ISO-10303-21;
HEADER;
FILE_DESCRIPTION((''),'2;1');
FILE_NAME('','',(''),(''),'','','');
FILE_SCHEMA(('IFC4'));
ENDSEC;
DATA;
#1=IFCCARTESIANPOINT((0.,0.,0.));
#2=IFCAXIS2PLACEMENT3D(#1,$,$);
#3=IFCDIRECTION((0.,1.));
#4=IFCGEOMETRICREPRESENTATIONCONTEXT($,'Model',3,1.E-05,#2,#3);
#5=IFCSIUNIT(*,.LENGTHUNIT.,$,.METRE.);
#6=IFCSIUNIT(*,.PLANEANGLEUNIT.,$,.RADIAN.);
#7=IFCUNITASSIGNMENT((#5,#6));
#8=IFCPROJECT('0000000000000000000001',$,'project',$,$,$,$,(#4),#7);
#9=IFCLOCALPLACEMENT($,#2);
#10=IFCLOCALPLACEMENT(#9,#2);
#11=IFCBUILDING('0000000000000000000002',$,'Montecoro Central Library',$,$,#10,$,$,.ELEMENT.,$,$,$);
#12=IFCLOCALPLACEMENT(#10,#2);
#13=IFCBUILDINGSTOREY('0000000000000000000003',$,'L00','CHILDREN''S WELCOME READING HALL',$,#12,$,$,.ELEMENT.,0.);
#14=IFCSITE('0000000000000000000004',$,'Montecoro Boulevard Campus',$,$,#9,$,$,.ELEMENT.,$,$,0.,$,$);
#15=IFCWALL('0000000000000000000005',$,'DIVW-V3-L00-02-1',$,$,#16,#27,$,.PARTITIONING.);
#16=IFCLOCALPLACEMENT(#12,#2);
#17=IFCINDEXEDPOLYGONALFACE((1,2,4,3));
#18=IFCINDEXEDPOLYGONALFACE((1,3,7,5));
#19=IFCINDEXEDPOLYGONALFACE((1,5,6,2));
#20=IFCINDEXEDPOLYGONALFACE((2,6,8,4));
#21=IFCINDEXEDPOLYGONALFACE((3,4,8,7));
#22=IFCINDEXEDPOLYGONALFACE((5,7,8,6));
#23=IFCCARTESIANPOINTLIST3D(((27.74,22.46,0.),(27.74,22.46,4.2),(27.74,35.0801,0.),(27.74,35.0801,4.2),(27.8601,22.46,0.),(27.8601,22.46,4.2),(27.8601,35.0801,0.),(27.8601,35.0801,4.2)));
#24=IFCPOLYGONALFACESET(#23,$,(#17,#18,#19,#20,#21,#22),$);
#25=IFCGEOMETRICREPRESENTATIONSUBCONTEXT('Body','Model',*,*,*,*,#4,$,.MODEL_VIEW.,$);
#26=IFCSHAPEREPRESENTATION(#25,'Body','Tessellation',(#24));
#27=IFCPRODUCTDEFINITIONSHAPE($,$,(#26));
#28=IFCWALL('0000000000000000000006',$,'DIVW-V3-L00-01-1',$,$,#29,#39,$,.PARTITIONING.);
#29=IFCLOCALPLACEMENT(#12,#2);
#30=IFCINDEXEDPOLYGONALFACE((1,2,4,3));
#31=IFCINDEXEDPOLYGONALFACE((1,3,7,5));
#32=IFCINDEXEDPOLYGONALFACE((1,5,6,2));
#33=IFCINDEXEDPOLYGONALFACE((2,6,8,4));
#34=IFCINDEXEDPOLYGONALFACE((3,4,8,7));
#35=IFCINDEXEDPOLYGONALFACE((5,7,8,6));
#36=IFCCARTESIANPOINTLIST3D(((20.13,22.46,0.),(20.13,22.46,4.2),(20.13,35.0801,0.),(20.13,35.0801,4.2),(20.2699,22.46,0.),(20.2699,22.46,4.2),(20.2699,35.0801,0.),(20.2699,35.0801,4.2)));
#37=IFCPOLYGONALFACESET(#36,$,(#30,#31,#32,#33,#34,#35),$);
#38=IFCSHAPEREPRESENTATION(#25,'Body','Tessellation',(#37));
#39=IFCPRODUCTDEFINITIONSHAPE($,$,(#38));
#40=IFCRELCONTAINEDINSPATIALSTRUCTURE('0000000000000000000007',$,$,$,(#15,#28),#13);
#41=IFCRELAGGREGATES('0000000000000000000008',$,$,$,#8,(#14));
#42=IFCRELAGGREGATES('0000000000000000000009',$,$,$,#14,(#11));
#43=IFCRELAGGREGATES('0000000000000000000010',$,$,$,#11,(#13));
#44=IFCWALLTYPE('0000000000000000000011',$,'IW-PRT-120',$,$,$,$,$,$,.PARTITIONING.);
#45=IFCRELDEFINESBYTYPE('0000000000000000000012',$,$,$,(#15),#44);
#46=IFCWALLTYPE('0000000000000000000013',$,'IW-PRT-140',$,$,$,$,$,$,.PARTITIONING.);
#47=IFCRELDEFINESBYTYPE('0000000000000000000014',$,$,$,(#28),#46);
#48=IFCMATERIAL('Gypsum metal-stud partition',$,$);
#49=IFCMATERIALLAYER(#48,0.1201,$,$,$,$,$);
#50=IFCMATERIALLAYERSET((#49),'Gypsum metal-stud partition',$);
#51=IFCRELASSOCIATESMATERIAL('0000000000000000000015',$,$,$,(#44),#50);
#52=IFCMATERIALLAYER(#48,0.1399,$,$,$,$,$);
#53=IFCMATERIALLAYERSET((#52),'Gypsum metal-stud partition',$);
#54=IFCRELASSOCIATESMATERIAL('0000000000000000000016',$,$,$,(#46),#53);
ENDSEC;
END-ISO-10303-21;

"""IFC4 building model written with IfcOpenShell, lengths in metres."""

from ifc_helpers import new_model, si_unit, direction, frame, frame_2d, origin, place, context, subcontext, project, spatial, rectangle, extrude, material, layer, layer_set, type_object, element, save


model = new_model("IFC4")

# Units and contexts
model_context = context("Model", 3, precision=1e-05, world=origin(), true_north=direction((0.0, 1.0)))
body_context = subcontext(model_context, "Body", "Model", "MODEL_VIEW")
ifc_project = project(units=[si_unit("LENGTHUNIT", "METRE"), si_unit("PLANEANGLEUNIT", "RADIAN")], contexts=[model_context])

# Site, building, storey
site_placement = place(None, origin())
site = spatial("IfcSite", under=ifc_project, at=site_placement, Name="Montecoro Boulevard Campus", CompositionType="ELEMENT", RefElevation=0.0)
building_placement = place(site_placement, origin())
building = spatial("IfcBuilding", under=site, at=building_placement, Name="Montecoro Central Library", CompositionType="ELEMENT")
storey_placement = place(building_placement, origin())
storey = spatial("IfcBuildingStorey", under=building, at=storey_placement, Name="L00", Description="CHILDREN'S WELCOME READING HALL", CompositionType="ELEMENT", Elevation=0.0)

# Walls
ifc_material_1 = material(Name="Gypsum metal-stud partition")
ifc_layer_1 = layer(ifc_material_1, 0.1201)
ifc_layer_set_1 = layer_set([ifc_layer_1], Name="Gypsum metal-stud partition")
wall_type_1 = type_object("IfcWallType", Name="IW-PRT-120", PredefinedType="PARTITIONING", material=ifc_layer_set_1)
wall_1_placement = place(storey_placement, frame((27.8, 22.46, 0.0), z_axis=(0.0, 0.0, 1.0), x_axis=(0.0, 1.0, 0.0)))
element("IfcWall", 1, at=wall_1_placement, inside=storey, type_object=wall_type_1, Name="DIVW-V3-L00-02-1", PredefinedType="PARTITIONING", context=body_context, shape_type="SweptSolid", body=[
    extrude(rectangle(XDim=12.6201, YDim=0.1201, at=frame_2d((6.3101, 0.0))), origin(), (0.0, 0.0, 1.0), 4.2),
])
ifc_layer_2 = layer(ifc_material_1, 0.1399)
ifc_layer_set_2 = layer_set([ifc_layer_2], Name="Gypsum metal-stud partition")
wall_type_2 = type_object("IfcWallType", Name="IW-PRT-140", PredefinedType="PARTITIONING", material=ifc_layer_set_2)
wall_2_placement = place(storey_placement, frame((20.2, 22.46, 0.0), z_axis=(0.0, 0.0, 1.0), x_axis=(0.0, 1.0, 0.0)))
element("IfcWall", 2, at=wall_2_placement, inside=storey, type_object=wall_type_2, Name="DIVW-V3-L00-01-1", PredefinedType="PARTITIONING", context=body_context, shape_type="SweptSolid", body=[
    extrude(rectangle(XDim=12.6201, YDim=0.1399, at=frame_2d((6.3101, 0.0))), origin(), (0.0, 0.0, 1.0), 4.2),
])

save(model, "model.ifc")
